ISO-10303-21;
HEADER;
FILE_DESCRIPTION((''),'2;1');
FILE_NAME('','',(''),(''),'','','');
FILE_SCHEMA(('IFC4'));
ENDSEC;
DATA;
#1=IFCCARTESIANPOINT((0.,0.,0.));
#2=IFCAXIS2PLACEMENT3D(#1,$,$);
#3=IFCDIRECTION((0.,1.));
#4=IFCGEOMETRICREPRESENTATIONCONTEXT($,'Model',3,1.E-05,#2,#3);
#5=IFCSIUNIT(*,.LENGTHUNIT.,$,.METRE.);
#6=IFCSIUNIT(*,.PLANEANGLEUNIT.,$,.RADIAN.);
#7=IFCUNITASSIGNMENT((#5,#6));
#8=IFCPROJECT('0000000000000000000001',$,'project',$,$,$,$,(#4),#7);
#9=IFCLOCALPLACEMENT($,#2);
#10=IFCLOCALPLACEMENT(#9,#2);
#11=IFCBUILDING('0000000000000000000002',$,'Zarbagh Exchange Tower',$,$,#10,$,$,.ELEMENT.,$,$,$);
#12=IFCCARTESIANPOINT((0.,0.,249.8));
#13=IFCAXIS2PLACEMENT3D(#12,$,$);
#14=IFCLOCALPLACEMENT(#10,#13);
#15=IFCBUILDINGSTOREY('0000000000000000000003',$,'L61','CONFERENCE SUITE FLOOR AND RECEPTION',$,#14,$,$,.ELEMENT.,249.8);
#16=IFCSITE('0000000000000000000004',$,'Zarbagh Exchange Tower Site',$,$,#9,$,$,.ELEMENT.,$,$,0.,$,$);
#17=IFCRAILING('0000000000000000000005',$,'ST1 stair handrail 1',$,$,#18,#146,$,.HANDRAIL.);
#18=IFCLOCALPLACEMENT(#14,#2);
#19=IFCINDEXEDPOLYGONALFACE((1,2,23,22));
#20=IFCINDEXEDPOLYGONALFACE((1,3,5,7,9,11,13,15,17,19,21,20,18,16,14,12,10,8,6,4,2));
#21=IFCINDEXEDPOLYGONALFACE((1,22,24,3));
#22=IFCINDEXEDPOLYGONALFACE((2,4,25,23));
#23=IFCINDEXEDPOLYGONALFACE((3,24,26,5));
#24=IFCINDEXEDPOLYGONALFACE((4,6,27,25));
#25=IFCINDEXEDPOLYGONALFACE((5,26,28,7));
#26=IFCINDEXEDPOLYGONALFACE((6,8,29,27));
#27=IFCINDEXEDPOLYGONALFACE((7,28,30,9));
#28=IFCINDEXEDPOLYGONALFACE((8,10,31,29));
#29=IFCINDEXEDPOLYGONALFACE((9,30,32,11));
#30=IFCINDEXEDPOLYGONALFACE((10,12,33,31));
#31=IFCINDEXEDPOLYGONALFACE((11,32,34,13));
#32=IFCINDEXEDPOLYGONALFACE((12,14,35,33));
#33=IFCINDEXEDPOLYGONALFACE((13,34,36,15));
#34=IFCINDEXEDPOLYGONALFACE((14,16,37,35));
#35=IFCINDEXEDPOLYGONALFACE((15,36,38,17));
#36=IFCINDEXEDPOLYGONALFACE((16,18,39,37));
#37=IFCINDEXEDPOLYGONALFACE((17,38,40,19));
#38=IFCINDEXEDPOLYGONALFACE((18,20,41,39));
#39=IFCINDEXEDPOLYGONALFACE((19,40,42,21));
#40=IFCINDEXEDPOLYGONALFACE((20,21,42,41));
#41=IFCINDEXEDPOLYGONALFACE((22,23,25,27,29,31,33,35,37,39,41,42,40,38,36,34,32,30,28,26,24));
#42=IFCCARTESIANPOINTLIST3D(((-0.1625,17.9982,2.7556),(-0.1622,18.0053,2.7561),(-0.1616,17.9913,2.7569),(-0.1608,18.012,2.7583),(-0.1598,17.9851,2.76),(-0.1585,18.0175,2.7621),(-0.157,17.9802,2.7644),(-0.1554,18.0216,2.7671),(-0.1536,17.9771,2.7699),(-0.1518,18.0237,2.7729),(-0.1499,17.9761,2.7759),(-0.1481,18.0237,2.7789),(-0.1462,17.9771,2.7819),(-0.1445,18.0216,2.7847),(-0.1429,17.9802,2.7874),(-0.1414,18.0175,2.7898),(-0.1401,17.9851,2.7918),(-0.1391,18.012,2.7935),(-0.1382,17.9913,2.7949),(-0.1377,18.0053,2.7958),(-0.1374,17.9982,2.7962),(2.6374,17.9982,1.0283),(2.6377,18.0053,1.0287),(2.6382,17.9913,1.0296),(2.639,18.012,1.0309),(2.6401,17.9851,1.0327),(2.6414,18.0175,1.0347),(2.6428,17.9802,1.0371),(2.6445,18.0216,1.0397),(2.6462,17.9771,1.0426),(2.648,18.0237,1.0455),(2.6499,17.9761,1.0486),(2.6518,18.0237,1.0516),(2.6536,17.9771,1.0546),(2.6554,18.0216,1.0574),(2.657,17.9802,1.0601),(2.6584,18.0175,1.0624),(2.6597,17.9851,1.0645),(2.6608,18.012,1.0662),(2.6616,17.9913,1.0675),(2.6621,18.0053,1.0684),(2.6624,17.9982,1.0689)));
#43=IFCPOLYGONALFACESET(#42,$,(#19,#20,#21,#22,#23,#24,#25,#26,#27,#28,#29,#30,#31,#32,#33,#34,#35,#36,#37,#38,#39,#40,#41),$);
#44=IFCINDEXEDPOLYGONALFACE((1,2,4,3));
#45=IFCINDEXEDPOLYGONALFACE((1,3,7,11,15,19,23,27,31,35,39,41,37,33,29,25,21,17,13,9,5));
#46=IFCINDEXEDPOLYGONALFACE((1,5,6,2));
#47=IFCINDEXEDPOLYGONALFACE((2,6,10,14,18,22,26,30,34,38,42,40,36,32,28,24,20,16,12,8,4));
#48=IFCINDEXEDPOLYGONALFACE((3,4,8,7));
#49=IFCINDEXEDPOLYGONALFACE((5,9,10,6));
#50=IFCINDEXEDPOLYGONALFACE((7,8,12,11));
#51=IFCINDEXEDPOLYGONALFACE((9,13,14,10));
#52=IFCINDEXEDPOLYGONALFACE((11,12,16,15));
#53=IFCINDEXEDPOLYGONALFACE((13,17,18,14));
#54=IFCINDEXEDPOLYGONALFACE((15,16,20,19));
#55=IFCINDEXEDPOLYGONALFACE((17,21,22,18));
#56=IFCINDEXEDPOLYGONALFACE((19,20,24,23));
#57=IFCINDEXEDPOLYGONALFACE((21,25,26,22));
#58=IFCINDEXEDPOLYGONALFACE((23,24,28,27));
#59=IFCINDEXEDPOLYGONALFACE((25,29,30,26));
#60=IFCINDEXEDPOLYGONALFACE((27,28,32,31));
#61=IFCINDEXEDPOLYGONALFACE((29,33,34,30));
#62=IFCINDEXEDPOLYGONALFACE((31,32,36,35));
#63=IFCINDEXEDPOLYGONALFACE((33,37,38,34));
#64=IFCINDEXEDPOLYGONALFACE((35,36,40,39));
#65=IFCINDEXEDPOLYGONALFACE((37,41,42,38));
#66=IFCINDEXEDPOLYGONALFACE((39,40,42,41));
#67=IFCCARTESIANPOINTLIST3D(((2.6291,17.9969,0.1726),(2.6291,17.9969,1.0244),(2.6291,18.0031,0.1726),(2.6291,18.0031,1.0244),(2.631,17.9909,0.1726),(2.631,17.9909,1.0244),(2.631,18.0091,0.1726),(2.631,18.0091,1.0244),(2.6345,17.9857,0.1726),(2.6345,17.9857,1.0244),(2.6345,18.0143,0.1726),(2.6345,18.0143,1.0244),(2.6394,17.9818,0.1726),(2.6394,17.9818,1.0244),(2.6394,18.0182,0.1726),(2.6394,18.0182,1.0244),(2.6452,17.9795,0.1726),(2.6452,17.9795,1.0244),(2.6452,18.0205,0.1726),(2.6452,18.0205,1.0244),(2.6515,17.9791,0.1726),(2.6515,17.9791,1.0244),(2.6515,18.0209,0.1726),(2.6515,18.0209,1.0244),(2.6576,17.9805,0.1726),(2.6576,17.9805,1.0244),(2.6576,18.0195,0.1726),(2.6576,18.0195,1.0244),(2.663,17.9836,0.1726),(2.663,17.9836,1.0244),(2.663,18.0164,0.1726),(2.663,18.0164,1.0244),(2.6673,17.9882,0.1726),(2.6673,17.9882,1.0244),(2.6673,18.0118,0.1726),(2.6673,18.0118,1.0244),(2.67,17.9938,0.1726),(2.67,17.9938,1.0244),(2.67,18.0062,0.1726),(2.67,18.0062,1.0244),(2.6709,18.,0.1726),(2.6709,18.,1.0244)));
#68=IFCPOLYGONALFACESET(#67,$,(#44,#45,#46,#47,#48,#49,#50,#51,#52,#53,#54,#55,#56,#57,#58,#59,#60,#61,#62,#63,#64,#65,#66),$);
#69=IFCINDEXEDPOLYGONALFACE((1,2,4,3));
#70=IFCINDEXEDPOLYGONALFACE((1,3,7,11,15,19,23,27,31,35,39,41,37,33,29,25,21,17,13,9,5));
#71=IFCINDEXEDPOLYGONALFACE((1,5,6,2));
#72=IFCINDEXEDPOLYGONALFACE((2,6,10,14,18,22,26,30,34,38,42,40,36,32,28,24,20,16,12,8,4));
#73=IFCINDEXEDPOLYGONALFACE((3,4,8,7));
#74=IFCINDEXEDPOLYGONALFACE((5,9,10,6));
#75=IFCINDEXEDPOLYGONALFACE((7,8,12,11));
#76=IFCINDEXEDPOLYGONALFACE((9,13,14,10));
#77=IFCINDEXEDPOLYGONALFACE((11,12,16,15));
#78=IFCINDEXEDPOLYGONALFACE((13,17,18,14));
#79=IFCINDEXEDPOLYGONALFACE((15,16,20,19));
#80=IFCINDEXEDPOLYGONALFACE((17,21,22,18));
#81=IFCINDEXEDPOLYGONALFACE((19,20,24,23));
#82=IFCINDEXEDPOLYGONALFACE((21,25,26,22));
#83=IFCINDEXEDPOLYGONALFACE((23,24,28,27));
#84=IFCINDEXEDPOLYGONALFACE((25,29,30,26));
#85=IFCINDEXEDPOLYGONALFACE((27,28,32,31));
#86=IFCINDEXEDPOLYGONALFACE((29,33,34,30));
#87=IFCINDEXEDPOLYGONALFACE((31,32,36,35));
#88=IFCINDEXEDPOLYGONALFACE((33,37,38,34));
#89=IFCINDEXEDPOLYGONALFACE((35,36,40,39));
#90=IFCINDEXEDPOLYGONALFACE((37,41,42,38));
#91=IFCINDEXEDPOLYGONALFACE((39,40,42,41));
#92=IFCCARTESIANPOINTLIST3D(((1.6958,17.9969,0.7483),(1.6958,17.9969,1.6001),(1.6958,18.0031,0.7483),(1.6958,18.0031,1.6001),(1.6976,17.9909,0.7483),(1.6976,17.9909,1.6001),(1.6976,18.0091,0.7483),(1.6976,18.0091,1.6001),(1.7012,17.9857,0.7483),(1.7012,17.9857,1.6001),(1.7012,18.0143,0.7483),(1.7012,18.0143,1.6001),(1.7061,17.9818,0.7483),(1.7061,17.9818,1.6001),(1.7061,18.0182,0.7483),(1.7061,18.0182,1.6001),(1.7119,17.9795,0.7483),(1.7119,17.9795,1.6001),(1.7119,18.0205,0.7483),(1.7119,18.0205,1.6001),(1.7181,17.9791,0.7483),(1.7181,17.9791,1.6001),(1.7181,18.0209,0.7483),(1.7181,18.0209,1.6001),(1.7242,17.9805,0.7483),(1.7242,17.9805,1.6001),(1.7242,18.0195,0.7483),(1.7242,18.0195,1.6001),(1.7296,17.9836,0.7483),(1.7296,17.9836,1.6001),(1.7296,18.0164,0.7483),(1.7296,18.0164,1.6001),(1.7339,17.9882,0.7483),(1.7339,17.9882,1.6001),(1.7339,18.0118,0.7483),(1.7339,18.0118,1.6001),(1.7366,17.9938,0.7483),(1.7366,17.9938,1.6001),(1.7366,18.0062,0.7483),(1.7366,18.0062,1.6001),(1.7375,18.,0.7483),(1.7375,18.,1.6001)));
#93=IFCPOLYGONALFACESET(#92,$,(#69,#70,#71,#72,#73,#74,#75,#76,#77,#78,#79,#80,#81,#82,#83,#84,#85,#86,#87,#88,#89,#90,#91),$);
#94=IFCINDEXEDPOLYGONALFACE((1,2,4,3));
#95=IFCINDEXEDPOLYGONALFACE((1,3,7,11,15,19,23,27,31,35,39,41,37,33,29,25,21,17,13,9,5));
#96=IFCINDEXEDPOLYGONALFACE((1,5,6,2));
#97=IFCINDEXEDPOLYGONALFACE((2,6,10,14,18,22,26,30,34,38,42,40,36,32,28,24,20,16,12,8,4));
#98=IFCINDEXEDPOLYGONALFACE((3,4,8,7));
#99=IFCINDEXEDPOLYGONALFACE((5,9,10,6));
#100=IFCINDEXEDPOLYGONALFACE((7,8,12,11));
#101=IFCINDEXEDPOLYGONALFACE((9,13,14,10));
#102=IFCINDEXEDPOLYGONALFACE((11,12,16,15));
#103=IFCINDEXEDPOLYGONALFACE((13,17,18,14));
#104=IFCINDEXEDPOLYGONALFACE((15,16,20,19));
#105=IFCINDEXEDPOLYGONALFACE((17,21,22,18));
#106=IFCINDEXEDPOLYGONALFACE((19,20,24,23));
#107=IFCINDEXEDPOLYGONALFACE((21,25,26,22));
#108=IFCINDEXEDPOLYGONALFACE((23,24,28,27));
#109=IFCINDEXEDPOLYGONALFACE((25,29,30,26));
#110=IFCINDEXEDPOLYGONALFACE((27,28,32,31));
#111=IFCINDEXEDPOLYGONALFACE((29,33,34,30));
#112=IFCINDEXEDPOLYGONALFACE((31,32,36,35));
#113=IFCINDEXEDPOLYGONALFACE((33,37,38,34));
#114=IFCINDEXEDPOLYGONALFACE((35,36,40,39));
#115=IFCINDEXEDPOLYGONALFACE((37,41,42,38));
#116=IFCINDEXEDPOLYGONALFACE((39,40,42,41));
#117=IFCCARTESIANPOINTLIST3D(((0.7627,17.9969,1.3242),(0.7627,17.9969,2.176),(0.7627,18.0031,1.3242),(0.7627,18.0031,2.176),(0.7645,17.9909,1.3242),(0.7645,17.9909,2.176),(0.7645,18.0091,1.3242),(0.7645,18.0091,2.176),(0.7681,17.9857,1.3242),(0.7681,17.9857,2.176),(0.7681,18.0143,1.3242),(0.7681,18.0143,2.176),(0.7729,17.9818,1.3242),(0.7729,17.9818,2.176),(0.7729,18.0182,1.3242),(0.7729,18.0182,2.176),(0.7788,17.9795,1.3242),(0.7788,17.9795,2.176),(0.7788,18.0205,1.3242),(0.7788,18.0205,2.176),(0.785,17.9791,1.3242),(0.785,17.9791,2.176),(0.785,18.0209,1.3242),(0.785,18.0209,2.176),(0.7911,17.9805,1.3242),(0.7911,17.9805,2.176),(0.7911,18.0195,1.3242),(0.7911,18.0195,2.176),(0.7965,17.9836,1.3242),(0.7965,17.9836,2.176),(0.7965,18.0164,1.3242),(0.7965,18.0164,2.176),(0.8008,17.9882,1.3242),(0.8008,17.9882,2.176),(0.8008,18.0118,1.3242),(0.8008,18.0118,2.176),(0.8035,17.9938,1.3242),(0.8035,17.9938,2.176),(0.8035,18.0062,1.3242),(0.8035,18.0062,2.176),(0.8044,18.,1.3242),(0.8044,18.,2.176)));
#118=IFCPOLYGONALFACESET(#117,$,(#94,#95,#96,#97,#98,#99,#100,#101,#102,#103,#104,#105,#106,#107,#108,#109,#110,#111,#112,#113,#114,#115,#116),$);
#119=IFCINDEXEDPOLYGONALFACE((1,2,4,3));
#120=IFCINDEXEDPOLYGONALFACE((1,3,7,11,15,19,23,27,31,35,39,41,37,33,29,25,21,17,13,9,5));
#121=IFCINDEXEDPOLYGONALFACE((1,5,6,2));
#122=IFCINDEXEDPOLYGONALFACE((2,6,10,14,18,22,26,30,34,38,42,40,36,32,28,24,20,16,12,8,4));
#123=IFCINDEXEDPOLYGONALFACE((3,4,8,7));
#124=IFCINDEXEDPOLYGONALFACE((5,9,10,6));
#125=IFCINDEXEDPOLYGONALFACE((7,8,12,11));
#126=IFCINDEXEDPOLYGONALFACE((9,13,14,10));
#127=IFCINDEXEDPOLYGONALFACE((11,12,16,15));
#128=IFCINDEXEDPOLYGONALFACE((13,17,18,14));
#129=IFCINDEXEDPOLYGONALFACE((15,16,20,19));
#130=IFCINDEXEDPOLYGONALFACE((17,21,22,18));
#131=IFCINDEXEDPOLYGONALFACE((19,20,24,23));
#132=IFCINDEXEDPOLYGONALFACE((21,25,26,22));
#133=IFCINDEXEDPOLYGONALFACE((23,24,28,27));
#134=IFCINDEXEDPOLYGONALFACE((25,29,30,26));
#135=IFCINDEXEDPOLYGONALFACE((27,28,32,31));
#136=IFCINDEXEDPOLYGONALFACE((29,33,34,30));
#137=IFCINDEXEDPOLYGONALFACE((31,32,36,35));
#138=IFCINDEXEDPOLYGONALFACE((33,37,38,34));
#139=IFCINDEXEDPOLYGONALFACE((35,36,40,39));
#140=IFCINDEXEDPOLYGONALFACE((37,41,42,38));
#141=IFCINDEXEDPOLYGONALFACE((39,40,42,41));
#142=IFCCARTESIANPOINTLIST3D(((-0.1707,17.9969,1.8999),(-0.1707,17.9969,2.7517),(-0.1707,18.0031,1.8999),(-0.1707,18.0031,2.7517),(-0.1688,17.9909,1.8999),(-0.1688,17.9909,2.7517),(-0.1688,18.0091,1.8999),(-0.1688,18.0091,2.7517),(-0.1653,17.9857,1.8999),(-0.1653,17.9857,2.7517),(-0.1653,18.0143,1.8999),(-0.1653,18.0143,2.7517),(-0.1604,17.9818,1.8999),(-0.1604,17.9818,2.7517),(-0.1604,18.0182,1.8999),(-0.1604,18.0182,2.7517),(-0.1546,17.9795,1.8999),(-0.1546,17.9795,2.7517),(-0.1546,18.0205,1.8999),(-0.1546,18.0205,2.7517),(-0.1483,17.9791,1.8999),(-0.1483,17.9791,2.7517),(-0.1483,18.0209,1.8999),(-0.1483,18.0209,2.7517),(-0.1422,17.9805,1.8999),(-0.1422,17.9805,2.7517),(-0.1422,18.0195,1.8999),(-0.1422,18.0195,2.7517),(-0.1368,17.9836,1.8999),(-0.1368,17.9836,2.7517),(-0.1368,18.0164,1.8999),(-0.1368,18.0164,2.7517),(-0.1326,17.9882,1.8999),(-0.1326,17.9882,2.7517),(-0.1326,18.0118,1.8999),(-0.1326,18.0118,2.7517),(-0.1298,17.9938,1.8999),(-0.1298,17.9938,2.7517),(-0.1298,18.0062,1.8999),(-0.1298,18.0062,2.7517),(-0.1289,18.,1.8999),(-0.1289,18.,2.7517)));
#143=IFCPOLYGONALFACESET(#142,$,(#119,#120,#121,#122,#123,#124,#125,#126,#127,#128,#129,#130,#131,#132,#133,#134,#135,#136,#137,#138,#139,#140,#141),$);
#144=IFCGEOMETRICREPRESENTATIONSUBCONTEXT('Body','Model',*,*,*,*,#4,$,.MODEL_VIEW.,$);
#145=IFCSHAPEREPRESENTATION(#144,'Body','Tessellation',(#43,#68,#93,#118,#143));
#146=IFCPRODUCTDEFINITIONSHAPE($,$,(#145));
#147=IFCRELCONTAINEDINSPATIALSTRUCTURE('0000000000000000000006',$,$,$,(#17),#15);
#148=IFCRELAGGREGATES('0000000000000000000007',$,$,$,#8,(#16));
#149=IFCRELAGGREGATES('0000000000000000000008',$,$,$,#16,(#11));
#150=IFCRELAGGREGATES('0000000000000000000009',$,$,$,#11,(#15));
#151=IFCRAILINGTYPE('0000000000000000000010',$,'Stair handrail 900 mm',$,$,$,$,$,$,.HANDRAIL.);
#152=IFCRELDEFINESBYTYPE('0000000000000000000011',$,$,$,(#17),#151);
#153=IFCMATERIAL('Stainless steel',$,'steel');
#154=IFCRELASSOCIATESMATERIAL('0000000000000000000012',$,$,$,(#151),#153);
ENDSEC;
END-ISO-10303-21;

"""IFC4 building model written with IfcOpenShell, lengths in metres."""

from ifc_helpers import new_model, si_unit, direction, frame, origin, origin_2d, place, context, subcontext, project, spatial, circle, extrude, material, type_object, element, save


model = new_model("IFC4")

# Units and contexts
model_context = context("Model", 3, precision=1e-05, world=origin(), true_north=direction((0.0, 1.0)))
body_context = subcontext(model_context, "Body", "Model", "MODEL_VIEW")
ifc_project = project(units=[si_unit("LENGTHUNIT", "METRE"), si_unit("PLANEANGLEUNIT", "RADIAN")], contexts=[model_context])

# Site, building, storey
site_placement = place(None, origin())
site = spatial("IfcSite", under=ifc_project, at=site_placement, Name="Zarbagh Exchange Tower Site", CompositionType="ELEMENT", RefElevation=0.0)
building_placement = place(site_placement, origin())
building = spatial("IfcBuilding", under=site, at=building_placement, Name="Zarbagh Exchange Tower", CompositionType="ELEMENT")
storey_placement = place(building_placement, frame((0.0, 0.0, 249.8)))
storey = spatial("IfcBuildingStorey", under=building, at=storey_placement, Name="L61", Description="CONFERENCE SUITE FLOOR AND RECEPTION", CompositionType="ELEMENT", Elevation=249.8)

# Railing
ifc_material_1 = material(Name="Stainless steel", Category="steel")
railing_type_1 = type_object("IfcRailingType", Name="Stair handrail 900 mm", PredefinedType="HANDRAIL", material=ifc_material_1)
railing_1_placement = place(storey_placement, frame((2.6499, 18.0, 0.1726)))
element("IfcRailing", 1, at=railing_1_placement, inside=storey, type_object=railing_type_1, Name="ST1 stair handrail 1", PredefinedType="HANDRAIL", context=body_context, shape_type="SweptSolid", body=[
    extrude(circle(Radius=0.0239, at=origin_2d()), frame((0.0, 0.0, 0.876), z_axis=(-0.851069, 0.0, 0.525054), x_axis=(0.0, -1.0, 0.0)), (0.0, 0.0, 1.0), 3.2898),
    extrude(circle(Radius=0.021, at=origin_2d()), origin(), (0.0, 0.0, 1.0), 0.8518),
    extrude(circle(Radius=0.021, at=origin_2d()), frame((-0.9333, 0.0, 0.5757)), (0.0, 0.0, 1.0), 0.8518),
    extrude(circle(Radius=0.021, at=origin_2d()), frame((-1.8665, 0.0, 1.1516)), (0.0, 0.0, 1.0), 0.8518),
    extrude(circle(Radius=0.021, at=origin_2d()), frame((-2.7998, 0.0, 1.7273)), (0.0, 0.0, 1.0), 0.8518),
])

save(model, "model.ifc")
